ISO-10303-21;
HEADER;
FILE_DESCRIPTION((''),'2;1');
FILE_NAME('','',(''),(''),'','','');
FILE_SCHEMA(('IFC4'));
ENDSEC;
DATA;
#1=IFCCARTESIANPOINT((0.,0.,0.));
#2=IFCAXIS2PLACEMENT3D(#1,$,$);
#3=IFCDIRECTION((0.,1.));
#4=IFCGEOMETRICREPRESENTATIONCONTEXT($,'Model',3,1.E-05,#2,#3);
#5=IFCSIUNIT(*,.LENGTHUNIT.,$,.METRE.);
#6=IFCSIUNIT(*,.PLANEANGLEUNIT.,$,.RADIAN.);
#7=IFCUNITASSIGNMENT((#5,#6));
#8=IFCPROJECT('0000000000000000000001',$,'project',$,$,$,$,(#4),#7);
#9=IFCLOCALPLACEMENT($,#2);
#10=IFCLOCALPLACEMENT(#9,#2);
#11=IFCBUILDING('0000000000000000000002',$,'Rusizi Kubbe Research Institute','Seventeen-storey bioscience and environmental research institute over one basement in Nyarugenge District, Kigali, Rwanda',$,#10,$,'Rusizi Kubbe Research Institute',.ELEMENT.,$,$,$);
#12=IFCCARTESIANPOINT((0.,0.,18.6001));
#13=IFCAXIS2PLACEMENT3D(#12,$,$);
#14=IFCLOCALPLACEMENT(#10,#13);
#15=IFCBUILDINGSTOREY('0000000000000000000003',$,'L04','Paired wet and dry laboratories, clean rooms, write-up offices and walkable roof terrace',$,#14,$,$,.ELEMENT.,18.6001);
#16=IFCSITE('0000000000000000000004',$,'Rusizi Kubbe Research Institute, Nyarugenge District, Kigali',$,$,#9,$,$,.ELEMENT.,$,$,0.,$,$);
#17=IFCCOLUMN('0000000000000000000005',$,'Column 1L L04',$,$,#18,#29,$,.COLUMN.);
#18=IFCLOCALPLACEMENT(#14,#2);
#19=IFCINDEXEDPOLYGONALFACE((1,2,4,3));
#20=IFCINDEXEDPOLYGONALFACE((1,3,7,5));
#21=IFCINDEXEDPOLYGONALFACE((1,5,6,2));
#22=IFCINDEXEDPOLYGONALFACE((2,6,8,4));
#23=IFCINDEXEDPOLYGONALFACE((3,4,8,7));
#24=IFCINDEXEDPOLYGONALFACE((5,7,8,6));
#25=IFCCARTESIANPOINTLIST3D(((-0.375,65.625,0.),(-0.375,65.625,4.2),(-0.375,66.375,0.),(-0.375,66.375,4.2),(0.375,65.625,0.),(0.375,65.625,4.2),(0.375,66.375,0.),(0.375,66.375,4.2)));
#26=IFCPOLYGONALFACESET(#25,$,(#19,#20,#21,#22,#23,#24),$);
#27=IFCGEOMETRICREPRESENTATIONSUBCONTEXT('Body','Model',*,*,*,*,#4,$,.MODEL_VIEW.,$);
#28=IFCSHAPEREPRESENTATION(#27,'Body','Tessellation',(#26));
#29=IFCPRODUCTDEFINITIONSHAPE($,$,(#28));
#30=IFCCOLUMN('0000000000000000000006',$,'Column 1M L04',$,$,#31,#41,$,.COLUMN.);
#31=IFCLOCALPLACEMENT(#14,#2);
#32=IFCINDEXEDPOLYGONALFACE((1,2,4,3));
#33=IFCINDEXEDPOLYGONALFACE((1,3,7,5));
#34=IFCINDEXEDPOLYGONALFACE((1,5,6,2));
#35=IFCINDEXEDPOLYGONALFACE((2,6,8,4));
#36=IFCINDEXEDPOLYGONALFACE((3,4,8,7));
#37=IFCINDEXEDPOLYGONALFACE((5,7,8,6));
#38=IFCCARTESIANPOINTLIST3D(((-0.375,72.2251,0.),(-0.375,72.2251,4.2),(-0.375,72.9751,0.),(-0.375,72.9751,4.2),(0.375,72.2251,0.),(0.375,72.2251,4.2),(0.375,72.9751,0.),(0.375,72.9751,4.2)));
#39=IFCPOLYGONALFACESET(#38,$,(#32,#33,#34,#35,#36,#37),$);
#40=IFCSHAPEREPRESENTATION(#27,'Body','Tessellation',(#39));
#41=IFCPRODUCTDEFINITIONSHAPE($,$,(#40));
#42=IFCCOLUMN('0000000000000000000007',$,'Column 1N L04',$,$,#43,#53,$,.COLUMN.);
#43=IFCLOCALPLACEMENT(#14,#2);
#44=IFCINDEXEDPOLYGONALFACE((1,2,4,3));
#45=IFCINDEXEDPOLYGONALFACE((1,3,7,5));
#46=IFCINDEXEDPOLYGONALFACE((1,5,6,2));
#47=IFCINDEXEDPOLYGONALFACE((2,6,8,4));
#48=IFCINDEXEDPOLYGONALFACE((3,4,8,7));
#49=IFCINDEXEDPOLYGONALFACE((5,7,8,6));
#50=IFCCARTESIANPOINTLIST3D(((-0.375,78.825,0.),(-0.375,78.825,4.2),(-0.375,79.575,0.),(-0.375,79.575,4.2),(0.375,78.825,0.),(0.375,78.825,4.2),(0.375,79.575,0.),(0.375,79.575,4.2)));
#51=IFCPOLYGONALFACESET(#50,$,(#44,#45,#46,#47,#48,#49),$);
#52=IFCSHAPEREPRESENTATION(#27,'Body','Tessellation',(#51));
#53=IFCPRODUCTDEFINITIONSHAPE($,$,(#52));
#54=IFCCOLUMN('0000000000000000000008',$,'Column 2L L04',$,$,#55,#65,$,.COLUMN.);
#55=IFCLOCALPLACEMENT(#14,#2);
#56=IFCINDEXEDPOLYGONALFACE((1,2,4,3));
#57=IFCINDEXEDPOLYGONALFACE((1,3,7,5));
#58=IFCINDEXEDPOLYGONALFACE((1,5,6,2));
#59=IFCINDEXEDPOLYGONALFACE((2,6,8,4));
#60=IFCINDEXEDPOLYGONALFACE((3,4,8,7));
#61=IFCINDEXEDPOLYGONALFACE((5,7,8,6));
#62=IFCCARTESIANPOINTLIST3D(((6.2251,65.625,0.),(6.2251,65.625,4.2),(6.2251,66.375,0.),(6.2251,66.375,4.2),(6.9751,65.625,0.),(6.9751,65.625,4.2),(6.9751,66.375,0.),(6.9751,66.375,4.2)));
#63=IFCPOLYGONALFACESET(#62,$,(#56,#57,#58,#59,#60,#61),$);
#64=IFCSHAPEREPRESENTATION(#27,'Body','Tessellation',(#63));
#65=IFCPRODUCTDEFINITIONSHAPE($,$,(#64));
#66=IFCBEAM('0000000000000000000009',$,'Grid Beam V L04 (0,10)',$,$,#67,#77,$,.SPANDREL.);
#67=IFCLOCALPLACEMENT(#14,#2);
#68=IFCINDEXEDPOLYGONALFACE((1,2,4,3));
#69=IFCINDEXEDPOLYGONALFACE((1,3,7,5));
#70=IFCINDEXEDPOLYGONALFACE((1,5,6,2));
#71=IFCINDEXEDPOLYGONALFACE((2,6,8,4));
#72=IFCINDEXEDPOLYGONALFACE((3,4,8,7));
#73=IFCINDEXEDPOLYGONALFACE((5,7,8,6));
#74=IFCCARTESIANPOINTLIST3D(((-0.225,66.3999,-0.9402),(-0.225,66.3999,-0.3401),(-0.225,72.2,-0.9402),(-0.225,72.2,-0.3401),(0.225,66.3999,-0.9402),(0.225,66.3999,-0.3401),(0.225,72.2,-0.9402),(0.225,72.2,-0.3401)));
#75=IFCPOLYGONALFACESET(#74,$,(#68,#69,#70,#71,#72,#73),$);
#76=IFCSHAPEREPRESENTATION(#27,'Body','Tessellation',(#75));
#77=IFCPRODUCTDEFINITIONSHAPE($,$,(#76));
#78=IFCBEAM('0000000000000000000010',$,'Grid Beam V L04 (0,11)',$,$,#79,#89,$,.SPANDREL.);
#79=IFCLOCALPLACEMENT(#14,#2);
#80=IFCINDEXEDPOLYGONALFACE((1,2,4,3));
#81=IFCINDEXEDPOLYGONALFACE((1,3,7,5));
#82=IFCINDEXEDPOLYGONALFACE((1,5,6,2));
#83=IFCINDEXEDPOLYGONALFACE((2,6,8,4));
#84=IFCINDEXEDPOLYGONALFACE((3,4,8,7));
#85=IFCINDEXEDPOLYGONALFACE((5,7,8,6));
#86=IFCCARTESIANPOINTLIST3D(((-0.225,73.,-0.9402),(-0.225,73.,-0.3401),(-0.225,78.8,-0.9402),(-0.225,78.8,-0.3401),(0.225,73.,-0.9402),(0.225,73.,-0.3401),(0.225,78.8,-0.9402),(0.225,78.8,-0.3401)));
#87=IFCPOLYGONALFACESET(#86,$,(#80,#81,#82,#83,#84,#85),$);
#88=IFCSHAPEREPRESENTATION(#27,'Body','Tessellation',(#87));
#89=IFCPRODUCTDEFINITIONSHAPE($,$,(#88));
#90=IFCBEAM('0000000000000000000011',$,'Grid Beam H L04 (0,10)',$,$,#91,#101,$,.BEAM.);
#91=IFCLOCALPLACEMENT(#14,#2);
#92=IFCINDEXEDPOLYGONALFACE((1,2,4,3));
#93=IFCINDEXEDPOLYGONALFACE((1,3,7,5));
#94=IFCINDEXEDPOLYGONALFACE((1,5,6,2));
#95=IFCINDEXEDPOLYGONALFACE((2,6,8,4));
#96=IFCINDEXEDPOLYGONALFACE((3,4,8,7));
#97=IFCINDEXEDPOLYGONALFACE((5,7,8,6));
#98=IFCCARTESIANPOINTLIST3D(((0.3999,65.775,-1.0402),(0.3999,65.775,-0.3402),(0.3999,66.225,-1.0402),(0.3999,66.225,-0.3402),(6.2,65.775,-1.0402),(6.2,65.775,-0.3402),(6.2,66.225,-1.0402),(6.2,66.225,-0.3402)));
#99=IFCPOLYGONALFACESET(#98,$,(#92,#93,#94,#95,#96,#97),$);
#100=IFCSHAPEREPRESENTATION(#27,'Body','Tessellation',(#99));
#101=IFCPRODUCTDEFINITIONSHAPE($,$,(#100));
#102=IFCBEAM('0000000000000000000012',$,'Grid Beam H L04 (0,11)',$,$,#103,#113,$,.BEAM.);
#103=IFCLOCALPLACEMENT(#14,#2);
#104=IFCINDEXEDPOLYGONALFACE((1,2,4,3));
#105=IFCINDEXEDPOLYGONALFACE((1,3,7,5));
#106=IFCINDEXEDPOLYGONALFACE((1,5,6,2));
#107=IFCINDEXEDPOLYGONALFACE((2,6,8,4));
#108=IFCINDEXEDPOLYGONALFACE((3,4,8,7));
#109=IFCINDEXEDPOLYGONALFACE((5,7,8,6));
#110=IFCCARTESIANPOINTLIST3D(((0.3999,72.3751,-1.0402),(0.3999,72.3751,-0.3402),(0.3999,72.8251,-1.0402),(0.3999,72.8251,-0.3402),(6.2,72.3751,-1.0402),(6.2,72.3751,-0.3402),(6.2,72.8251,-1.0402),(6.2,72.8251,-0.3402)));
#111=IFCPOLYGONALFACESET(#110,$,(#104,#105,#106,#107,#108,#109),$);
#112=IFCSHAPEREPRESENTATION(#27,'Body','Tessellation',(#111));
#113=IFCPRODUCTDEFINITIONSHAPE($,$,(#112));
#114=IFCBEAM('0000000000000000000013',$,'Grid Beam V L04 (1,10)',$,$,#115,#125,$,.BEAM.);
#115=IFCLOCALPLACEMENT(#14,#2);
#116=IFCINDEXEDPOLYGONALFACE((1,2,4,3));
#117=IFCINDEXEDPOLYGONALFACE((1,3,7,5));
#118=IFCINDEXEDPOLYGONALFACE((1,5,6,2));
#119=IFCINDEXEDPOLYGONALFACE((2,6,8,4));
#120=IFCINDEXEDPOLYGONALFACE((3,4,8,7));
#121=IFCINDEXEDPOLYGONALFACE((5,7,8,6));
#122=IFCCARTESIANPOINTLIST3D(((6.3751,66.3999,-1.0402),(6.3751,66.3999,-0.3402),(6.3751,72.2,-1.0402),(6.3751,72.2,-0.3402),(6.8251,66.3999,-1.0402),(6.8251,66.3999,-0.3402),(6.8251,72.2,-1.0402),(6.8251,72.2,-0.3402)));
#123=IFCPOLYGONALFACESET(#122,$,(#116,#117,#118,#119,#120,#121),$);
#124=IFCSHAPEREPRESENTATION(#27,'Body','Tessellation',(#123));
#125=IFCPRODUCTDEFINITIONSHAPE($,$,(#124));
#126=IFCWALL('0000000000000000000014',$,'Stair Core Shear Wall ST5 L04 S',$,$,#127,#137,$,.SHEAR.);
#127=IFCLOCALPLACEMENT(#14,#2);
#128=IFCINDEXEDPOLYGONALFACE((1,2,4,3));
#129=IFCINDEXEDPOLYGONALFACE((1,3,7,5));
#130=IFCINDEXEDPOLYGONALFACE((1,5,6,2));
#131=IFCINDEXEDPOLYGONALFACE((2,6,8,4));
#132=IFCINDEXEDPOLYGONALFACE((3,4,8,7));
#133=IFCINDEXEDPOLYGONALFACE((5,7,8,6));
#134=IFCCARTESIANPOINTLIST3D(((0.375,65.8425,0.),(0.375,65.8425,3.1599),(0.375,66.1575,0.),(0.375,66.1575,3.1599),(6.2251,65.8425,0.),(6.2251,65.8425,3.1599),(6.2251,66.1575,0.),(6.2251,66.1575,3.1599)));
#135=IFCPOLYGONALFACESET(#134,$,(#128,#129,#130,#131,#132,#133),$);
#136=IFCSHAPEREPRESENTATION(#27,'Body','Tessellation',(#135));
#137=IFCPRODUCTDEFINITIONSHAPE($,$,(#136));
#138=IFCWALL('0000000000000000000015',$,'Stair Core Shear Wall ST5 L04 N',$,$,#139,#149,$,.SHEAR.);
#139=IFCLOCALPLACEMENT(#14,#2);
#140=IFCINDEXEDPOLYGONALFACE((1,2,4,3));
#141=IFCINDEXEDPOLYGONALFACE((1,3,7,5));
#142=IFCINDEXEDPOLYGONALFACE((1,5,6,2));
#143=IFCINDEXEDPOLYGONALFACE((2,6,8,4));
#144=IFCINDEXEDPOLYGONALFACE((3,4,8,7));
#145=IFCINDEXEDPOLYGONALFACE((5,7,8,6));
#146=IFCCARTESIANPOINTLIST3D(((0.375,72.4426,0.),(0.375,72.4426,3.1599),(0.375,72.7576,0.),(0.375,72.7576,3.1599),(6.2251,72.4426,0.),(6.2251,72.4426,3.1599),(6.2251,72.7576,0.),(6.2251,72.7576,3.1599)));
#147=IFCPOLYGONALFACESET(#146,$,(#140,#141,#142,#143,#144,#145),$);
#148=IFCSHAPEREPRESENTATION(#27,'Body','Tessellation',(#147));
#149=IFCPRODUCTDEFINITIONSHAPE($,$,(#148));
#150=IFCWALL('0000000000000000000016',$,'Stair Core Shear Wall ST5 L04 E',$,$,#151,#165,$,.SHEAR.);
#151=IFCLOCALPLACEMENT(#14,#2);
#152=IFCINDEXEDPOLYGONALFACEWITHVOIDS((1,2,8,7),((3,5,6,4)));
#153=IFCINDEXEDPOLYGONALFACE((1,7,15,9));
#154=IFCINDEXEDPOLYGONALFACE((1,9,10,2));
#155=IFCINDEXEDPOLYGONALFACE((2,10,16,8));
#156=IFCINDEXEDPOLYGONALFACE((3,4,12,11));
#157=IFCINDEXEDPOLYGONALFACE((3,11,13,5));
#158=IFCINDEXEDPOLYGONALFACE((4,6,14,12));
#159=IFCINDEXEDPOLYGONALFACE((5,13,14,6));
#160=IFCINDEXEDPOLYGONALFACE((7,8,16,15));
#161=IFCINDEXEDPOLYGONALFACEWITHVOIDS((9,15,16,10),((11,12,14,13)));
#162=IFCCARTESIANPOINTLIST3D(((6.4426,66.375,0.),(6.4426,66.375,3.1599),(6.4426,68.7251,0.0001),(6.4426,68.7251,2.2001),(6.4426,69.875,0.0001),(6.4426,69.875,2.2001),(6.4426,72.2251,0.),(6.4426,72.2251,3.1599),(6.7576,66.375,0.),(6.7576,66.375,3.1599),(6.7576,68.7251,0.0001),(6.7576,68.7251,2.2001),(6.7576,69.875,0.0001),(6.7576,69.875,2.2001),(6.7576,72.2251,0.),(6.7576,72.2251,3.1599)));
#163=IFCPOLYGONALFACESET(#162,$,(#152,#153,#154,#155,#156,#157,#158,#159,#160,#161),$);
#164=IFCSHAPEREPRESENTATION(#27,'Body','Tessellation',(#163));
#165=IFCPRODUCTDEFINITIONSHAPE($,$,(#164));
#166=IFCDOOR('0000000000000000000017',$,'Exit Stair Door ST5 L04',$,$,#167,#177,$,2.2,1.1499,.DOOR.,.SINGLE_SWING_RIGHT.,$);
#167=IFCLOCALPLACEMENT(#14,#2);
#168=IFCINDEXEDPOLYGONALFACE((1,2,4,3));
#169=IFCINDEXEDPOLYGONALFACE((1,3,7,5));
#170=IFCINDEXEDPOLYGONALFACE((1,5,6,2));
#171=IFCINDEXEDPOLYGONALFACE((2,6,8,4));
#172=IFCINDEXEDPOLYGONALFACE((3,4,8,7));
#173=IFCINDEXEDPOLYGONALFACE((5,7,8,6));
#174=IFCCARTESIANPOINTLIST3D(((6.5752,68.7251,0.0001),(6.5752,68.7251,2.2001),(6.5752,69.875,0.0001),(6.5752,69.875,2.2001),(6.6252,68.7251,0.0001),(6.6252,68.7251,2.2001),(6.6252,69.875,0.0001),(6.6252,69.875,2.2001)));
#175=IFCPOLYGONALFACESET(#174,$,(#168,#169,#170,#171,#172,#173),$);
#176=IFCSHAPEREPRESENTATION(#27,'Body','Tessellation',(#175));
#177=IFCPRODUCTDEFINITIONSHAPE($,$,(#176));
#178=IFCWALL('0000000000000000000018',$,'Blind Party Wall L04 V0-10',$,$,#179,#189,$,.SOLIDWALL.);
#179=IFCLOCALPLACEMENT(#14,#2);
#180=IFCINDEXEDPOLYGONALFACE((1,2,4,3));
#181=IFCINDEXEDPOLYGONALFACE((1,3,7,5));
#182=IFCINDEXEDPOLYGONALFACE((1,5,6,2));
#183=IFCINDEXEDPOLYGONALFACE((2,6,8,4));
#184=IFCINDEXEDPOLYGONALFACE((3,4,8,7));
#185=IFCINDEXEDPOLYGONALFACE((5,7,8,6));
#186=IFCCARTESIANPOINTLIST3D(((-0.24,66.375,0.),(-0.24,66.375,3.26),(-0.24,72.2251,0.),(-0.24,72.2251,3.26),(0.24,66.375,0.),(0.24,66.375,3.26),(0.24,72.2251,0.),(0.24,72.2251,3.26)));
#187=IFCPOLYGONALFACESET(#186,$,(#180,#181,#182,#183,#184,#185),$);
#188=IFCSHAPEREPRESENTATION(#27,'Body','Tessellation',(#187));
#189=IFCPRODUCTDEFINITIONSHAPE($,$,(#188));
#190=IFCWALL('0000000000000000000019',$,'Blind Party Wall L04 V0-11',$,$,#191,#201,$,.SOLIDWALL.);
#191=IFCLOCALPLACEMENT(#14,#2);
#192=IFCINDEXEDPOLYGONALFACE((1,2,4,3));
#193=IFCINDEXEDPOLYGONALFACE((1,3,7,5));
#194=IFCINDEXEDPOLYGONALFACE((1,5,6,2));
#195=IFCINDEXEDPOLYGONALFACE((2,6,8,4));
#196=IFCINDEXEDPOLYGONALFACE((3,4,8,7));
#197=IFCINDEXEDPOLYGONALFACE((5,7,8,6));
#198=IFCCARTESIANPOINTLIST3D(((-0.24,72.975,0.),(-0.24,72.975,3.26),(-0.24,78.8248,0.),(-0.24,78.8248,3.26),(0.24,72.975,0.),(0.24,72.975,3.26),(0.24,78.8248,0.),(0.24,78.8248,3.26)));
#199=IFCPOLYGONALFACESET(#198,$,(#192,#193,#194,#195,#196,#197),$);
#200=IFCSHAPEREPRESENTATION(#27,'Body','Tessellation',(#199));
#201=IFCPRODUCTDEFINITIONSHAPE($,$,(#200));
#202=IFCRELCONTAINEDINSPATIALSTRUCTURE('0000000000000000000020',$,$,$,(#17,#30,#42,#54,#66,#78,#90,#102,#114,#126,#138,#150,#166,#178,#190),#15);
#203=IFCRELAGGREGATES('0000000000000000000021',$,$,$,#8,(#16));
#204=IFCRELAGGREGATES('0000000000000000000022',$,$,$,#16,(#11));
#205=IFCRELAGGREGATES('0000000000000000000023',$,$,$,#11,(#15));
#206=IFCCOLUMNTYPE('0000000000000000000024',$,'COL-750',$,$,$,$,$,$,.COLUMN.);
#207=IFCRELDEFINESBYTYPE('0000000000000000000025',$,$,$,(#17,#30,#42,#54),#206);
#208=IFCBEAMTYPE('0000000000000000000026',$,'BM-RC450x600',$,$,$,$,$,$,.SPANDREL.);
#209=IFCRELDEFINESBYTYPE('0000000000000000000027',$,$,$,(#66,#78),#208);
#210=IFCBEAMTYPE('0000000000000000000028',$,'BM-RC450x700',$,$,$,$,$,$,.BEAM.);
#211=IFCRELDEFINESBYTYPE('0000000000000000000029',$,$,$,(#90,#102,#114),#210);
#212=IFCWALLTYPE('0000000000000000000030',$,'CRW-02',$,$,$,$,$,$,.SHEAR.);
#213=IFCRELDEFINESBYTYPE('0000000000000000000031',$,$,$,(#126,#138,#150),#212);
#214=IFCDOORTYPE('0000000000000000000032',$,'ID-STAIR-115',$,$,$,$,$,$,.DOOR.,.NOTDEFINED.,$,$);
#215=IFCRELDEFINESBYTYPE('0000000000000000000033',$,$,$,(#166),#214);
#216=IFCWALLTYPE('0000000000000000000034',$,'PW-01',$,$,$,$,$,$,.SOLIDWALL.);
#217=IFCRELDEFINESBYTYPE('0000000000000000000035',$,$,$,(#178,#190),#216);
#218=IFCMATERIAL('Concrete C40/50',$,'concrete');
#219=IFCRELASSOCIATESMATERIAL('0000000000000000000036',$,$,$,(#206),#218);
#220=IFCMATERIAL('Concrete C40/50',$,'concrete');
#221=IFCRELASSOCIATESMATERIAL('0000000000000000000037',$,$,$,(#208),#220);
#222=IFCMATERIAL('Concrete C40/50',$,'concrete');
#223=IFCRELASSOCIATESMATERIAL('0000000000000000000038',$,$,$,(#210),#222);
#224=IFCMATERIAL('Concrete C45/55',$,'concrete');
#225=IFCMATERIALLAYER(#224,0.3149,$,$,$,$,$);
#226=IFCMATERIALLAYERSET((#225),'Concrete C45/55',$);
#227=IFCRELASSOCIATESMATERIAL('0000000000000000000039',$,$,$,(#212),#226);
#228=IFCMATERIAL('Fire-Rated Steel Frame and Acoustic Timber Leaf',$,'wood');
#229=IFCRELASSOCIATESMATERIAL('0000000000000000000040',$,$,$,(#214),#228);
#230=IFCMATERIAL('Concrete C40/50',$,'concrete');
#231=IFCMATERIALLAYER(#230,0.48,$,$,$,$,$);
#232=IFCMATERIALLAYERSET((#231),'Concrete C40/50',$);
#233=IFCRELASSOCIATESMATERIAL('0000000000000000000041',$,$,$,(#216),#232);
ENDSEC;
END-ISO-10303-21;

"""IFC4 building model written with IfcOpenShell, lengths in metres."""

from ifc_helpers import new_model, si_unit, direction, frame, frame_2d, origin, origin_2d, place, context, subcontext, project, spatial, rectangle, extrude, material, layer, layer_set, material_profile, profile_set, type_object, element, fill, save


model = new_model("IFC4")

# Units and contexts
model_context = context("Model", 3, precision=1e-05, world=origin(), true_north=direction((0.0, 1.0)))
body_context = subcontext(model_context, "Body", "Model", "MODEL_VIEW")
ifc_project = project(units=[si_unit("LENGTHUNIT", "METRE"), si_unit("PLANEANGLEUNIT", "RADIAN")], contexts=[model_context])

# Site, building, storey
site_placement = place(None, origin())
site = spatial("IfcSite", under=ifc_project, at=site_placement, Name="Rusizi Kubbe Research Institute, Nyarugenge District, Kigali", CompositionType="ELEMENT", RefElevation=0.0)
building_placement = place(site_placement, origin())
building = spatial("IfcBuilding", under=site, at=building_placement, Name="Rusizi Kubbe Research Institute", Description="Seventeen-storey bioscience and environmental research institute over one basement in Nyarugenge District, Kigali, Rwanda", LongName="Rusizi Kubbe Research Institute", CompositionType="ELEMENT")
storey_placement = place(building_placement, frame((0.0, 0.0, 18.6001)))
storey = spatial("IfcBuildingStorey", under=building, at=storey_placement, Name="L04", Description="Paired wet and dry laboratories, clean rooms, write-up offices and walkable roof terrace", CompositionType="ELEMENT", Elevation=18.6001)

# Columns
ifc_material_1 = material(Name="Concrete C40/50", Category="concrete")
ifc_material_profile_1 = material_profile(ifc_material_1, rectangle(XDim=0.75, YDim=0.75, at=origin_2d()), Name="RC750x750")
ifc_profile_set_1 = profile_set([ifc_material_profile_1], Name="Concrete C40/50")
column_type = type_object("IfcColumnType", Name="COL-750", PredefinedType="COLUMN", material=ifc_profile_set_1)
for number, where, z_axis, x_axis, name in (
    (1, (0.0, 66.0, 0.0), (0.0, 0.0, 1.0), (1.0, 0.0, 0.0), "Column 1L L04"),
    (2, (0.0, 72.6001, 0.0), (0.0, 0.0, 1.0), (1.0, 0.0, 0.0), "Column 1M L04"),
    (3, (0.0, 79.2, 0.0), (0.0, 0.0, 1.0), (1.0, 0.0, 0.0), "Column 1N L04"),
    (4, (6.6001, 66.0, 0.0), (0.0, 0.0, 1.0), (1.0, 0.0, 0.0), "Column 2L L04"),
):
    element("IfcColumn", number, at=place(storey_placement, frame(where, z_axis=z_axis, x_axis=x_axis)), inside=storey, type_object=column_type, Name=name, PredefinedType="COLUMN", context=body_context, shape_type="SweptSolid", body=[
        extrude(rectangle(XDim=0.75, YDim=0.75, at=origin_2d()), origin(), (0.0, 0.0, 1.0), 4.2),
    ])

# Beams
ifc_material_2 = material(Name="Concrete C40/50", Category="concrete")
ifc_material_profile_2 = material_profile(ifc_material_2, rectangle(XDim=0.45, YDim=0.6001, at=origin_2d()), Name="RC450x600")
ifc_profile_set_2 = profile_set([ifc_material_profile_2], Name="Concrete C40/50")
beam_type_1 = type_object("IfcBeamType", Name="BM-RC450x600", PredefinedType="SPANDREL", material=ifc_profile_set_2)
for number, where, z_axis, x_axis, name in (
    (5, (0.0, 66.3999, -0.6401), (0.0, 1.0, 0.0), (-1.0, 0.0, 0.0), "Grid Beam V L04 (0,10)"),
    (6, (0.0, 73.0, -0.6401), (0.0, 1.0, 0.0), (-1.0, 0.0, 0.0), "Grid Beam V L04 (0,11)"),
):
    element("IfcBeam", number, at=place(storey_placement, frame(where, z_axis=z_axis, x_axis=x_axis)), inside=storey, type_object=beam_type_1, Name=name, PredefinedType="SPANDREL", context=body_context, shape_type="SweptSolid", body=[
        extrude(rectangle(XDim=0.45, YDim=0.6001, at=origin_2d()), origin(), (0.0, 0.0, 1.0), 5.8),
    ])
ifc_material_3 = material(Name="Concrete C40/50", Category="concrete")
ifc_material_profile_3 = material_profile(ifc_material_3, rectangle(XDim=0.45, YDim=0.7, at=origin_2d()), Name="RC450x700B")
ifc_profile_set_3 = profile_set([ifc_material_profile_3], Name="Concrete C40/50")
beam_type_2 = type_object("IfcBeamType", Name="BM-RC450x700", PredefinedType="BEAM", material=ifc_profile_set_3)
for number, where, z_axis, x_axis, name in (
    (7, (0.3999, 66.0, -0.6902), (1.0, 0.0, 0.0), (0.0, 1.0, 0.0), "Grid Beam H L04 (0,10)"),
    (8, (0.3999, 72.6001, -0.6902), (1.0, 0.0, 0.0), (0.0, 1.0, 0.0), "Grid Beam H L04 (0,11)"),
    (9, (6.6001, 66.3999, -0.6902), (0.0, 1.0, 0.0), (-1.0, 0.0, 0.0), "Grid Beam V L04 (1,10)"),
):
    element("IfcBeam", number, at=place(storey_placement, frame(where, z_axis=z_axis, x_axis=x_axis)), inside=storey, type_object=beam_type_2, Name=name, PredefinedType="BEAM", context=body_context, shape_type="SweptSolid", body=[
        extrude(rectangle(XDim=0.45, YDim=0.7, at=origin_2d()), origin(), (0.0, 0.0, 1.0), 5.8),
    ])

# Walls
ifc_material_4 = material(Name="Concrete C45/55", Category="concrete")
ifc_layer_1 = layer(ifc_material_4, 0.3149)
ifc_layer_set_1 = layer_set([ifc_layer_1], Name="Concrete C45/55")
wall_type_1 = type_object("IfcWallType", Name="CRW-02", PredefinedType="SHEAR", material=ifc_layer_set_1)
for number, where, z_axis, x_axis, name in (
    (10, (0.375, 66.0, 0.0), (0.0, 0.0, 1.0), (1.0, 0.0, 0.0), "Stair Core Shear Wall ST5 L04 S"),
    (11, (0.375, 72.6001, 0.0), (0.0, 0.0, 1.0), (1.0, 0.0, 0.0), "Stair Core Shear Wall ST5 L04 N"),
):
    element("IfcWall", number, at=place(storey_placement, frame(where, z_axis=z_axis, x_axis=x_axis)), inside=storey, type_object=wall_type_1, Name=name, PredefinedType="SHEAR", context=body_context, shape_type="SweptSolid", body=[
        extrude(rectangle(XDim=5.8501, YDim=0.3149, at=frame_2d((2.925, 0.0))), origin(), (0.0, 0.0, 1.0), 3.1599),
    ])

# Wall, opening, door
wall_1_placement = place(storey_placement, frame((6.6001, 66.375, 0.0), z_axis=(0.0, 0.0, 1.0), x_axis=(0.0, 1.0, 0.0)))
wall_1 = element("IfcWall", 12, at=wall_1_placement, inside=storey, type_object=wall_type_1, Name="Stair Core Shear Wall ST5 L04 E", PredefinedType="SHEAR", context=body_context, shape_type="SweptSolid", body=[
    extrude(rectangle(XDim=5.8501, YDim=0.3149, at=frame_2d((2.925, 0.0))), origin(), (0.0, 0.0, 1.0), 3.1599),
])
opening_placement = place(wall_1_placement, frame((2.3501, 0.0, 0.0)))
opening = element("IfcOpeningElement", 13, at=opening_placement, cuts=wall_1, PredefinedType="OPENING", context=body_context, shape_type="SweptSolid", body=[
    extrude(rectangle(XDim=1.1499, YDim=2.2, at=frame_2d((0.575, 1.1001))), frame((0.0, 0.1675, 0.0), z_axis=(0.0, -1.0, 0.0), x_axis=(1.0, 0.0, 0.0)), (0.0, 0.0, 1.0), 0.335),
])
ifc_material_5 = material(Name="Fire-Rated Steel Frame and Acoustic Timber Leaf", Category="wood")
door_type = type_object("IfcDoorType", Name="ID-STAIR-115", OperationType="NOTDEFINED", PredefinedType="DOOR", material=ifc_material_5)
door_placement = place(opening_placement, origin())
door = element("IfcDoor", 14, at=door_placement, inside=storey, type_object=door_type, Name="Exit Stair Door ST5 L04", OperationType="SINGLE_SWING_RIGHT", OverallHeight=2.2, OverallWidth=1.1499, PredefinedType="DOOR", context=body_context, shape_type="SweptSolid", body=[
    extrude(rectangle(XDim=1.1499, YDim=2.2, at=frame_2d((0.575, 1.1001))), frame((0.0, 0.0249, 0.0), z_axis=(0.0, -1.0, 0.0), x_axis=(1.0, 0.0, 0.0)), (0.0, 0.0, 1.0), 0.05),
])
fill(opening, door)

# Walls
ifc_material_6 = material(Name="Concrete C40/50", Category="concrete")
ifc_layer_2 = layer(ifc_material_6, 0.48)
ifc_layer_set_2 = layer_set([ifc_layer_2], Name="Concrete C40/50")
wall_type_2 = type_object("IfcWallType", Name="PW-01", PredefinedType="SOLIDWALL", material=ifc_layer_set_2)
wall_2_placement = place(storey_placement, frame((0.0, 66.375, 0.0), z_axis=(0.0, 0.0, 1.0), x_axis=(0.0, 1.0, 0.0)))
element("IfcWall", 15, at=wall_2_placement, inside=storey, type_object=wall_type_2, Name="Blind Party Wall L04 V0-10", PredefinedType="SOLIDWALL", context=body_context, shape_type="SweptSolid", body=[
    extrude(rectangle(XDim=5.8501, YDim=0.48, at=frame_2d((2.925, 0.0))), origin(), (0.0, 0.0, 1.0), 3.26),
])
wall_3_placement = place(storey_placement, frame((0.0, 72.9751, 0.0), z_axis=(0.0, 0.0, 1.0), x_axis=(0.0, 1.0, 0.0)))
element("IfcWall", 16, at=wall_3_placement, inside=storey, type_object=wall_type_2, Name="Blind Party Wall L04 V0-11", PredefinedType="SOLIDWALL", context=body_context, shape_type="SweptSolid", body=[
    extrude(rectangle(XDim=5.8499, YDim=0.48, at=frame_2d((2.9248, 0.0))), origin(), (0.0, 0.0, 1.0), 3.26),
])

save(model, "model.ifc")
